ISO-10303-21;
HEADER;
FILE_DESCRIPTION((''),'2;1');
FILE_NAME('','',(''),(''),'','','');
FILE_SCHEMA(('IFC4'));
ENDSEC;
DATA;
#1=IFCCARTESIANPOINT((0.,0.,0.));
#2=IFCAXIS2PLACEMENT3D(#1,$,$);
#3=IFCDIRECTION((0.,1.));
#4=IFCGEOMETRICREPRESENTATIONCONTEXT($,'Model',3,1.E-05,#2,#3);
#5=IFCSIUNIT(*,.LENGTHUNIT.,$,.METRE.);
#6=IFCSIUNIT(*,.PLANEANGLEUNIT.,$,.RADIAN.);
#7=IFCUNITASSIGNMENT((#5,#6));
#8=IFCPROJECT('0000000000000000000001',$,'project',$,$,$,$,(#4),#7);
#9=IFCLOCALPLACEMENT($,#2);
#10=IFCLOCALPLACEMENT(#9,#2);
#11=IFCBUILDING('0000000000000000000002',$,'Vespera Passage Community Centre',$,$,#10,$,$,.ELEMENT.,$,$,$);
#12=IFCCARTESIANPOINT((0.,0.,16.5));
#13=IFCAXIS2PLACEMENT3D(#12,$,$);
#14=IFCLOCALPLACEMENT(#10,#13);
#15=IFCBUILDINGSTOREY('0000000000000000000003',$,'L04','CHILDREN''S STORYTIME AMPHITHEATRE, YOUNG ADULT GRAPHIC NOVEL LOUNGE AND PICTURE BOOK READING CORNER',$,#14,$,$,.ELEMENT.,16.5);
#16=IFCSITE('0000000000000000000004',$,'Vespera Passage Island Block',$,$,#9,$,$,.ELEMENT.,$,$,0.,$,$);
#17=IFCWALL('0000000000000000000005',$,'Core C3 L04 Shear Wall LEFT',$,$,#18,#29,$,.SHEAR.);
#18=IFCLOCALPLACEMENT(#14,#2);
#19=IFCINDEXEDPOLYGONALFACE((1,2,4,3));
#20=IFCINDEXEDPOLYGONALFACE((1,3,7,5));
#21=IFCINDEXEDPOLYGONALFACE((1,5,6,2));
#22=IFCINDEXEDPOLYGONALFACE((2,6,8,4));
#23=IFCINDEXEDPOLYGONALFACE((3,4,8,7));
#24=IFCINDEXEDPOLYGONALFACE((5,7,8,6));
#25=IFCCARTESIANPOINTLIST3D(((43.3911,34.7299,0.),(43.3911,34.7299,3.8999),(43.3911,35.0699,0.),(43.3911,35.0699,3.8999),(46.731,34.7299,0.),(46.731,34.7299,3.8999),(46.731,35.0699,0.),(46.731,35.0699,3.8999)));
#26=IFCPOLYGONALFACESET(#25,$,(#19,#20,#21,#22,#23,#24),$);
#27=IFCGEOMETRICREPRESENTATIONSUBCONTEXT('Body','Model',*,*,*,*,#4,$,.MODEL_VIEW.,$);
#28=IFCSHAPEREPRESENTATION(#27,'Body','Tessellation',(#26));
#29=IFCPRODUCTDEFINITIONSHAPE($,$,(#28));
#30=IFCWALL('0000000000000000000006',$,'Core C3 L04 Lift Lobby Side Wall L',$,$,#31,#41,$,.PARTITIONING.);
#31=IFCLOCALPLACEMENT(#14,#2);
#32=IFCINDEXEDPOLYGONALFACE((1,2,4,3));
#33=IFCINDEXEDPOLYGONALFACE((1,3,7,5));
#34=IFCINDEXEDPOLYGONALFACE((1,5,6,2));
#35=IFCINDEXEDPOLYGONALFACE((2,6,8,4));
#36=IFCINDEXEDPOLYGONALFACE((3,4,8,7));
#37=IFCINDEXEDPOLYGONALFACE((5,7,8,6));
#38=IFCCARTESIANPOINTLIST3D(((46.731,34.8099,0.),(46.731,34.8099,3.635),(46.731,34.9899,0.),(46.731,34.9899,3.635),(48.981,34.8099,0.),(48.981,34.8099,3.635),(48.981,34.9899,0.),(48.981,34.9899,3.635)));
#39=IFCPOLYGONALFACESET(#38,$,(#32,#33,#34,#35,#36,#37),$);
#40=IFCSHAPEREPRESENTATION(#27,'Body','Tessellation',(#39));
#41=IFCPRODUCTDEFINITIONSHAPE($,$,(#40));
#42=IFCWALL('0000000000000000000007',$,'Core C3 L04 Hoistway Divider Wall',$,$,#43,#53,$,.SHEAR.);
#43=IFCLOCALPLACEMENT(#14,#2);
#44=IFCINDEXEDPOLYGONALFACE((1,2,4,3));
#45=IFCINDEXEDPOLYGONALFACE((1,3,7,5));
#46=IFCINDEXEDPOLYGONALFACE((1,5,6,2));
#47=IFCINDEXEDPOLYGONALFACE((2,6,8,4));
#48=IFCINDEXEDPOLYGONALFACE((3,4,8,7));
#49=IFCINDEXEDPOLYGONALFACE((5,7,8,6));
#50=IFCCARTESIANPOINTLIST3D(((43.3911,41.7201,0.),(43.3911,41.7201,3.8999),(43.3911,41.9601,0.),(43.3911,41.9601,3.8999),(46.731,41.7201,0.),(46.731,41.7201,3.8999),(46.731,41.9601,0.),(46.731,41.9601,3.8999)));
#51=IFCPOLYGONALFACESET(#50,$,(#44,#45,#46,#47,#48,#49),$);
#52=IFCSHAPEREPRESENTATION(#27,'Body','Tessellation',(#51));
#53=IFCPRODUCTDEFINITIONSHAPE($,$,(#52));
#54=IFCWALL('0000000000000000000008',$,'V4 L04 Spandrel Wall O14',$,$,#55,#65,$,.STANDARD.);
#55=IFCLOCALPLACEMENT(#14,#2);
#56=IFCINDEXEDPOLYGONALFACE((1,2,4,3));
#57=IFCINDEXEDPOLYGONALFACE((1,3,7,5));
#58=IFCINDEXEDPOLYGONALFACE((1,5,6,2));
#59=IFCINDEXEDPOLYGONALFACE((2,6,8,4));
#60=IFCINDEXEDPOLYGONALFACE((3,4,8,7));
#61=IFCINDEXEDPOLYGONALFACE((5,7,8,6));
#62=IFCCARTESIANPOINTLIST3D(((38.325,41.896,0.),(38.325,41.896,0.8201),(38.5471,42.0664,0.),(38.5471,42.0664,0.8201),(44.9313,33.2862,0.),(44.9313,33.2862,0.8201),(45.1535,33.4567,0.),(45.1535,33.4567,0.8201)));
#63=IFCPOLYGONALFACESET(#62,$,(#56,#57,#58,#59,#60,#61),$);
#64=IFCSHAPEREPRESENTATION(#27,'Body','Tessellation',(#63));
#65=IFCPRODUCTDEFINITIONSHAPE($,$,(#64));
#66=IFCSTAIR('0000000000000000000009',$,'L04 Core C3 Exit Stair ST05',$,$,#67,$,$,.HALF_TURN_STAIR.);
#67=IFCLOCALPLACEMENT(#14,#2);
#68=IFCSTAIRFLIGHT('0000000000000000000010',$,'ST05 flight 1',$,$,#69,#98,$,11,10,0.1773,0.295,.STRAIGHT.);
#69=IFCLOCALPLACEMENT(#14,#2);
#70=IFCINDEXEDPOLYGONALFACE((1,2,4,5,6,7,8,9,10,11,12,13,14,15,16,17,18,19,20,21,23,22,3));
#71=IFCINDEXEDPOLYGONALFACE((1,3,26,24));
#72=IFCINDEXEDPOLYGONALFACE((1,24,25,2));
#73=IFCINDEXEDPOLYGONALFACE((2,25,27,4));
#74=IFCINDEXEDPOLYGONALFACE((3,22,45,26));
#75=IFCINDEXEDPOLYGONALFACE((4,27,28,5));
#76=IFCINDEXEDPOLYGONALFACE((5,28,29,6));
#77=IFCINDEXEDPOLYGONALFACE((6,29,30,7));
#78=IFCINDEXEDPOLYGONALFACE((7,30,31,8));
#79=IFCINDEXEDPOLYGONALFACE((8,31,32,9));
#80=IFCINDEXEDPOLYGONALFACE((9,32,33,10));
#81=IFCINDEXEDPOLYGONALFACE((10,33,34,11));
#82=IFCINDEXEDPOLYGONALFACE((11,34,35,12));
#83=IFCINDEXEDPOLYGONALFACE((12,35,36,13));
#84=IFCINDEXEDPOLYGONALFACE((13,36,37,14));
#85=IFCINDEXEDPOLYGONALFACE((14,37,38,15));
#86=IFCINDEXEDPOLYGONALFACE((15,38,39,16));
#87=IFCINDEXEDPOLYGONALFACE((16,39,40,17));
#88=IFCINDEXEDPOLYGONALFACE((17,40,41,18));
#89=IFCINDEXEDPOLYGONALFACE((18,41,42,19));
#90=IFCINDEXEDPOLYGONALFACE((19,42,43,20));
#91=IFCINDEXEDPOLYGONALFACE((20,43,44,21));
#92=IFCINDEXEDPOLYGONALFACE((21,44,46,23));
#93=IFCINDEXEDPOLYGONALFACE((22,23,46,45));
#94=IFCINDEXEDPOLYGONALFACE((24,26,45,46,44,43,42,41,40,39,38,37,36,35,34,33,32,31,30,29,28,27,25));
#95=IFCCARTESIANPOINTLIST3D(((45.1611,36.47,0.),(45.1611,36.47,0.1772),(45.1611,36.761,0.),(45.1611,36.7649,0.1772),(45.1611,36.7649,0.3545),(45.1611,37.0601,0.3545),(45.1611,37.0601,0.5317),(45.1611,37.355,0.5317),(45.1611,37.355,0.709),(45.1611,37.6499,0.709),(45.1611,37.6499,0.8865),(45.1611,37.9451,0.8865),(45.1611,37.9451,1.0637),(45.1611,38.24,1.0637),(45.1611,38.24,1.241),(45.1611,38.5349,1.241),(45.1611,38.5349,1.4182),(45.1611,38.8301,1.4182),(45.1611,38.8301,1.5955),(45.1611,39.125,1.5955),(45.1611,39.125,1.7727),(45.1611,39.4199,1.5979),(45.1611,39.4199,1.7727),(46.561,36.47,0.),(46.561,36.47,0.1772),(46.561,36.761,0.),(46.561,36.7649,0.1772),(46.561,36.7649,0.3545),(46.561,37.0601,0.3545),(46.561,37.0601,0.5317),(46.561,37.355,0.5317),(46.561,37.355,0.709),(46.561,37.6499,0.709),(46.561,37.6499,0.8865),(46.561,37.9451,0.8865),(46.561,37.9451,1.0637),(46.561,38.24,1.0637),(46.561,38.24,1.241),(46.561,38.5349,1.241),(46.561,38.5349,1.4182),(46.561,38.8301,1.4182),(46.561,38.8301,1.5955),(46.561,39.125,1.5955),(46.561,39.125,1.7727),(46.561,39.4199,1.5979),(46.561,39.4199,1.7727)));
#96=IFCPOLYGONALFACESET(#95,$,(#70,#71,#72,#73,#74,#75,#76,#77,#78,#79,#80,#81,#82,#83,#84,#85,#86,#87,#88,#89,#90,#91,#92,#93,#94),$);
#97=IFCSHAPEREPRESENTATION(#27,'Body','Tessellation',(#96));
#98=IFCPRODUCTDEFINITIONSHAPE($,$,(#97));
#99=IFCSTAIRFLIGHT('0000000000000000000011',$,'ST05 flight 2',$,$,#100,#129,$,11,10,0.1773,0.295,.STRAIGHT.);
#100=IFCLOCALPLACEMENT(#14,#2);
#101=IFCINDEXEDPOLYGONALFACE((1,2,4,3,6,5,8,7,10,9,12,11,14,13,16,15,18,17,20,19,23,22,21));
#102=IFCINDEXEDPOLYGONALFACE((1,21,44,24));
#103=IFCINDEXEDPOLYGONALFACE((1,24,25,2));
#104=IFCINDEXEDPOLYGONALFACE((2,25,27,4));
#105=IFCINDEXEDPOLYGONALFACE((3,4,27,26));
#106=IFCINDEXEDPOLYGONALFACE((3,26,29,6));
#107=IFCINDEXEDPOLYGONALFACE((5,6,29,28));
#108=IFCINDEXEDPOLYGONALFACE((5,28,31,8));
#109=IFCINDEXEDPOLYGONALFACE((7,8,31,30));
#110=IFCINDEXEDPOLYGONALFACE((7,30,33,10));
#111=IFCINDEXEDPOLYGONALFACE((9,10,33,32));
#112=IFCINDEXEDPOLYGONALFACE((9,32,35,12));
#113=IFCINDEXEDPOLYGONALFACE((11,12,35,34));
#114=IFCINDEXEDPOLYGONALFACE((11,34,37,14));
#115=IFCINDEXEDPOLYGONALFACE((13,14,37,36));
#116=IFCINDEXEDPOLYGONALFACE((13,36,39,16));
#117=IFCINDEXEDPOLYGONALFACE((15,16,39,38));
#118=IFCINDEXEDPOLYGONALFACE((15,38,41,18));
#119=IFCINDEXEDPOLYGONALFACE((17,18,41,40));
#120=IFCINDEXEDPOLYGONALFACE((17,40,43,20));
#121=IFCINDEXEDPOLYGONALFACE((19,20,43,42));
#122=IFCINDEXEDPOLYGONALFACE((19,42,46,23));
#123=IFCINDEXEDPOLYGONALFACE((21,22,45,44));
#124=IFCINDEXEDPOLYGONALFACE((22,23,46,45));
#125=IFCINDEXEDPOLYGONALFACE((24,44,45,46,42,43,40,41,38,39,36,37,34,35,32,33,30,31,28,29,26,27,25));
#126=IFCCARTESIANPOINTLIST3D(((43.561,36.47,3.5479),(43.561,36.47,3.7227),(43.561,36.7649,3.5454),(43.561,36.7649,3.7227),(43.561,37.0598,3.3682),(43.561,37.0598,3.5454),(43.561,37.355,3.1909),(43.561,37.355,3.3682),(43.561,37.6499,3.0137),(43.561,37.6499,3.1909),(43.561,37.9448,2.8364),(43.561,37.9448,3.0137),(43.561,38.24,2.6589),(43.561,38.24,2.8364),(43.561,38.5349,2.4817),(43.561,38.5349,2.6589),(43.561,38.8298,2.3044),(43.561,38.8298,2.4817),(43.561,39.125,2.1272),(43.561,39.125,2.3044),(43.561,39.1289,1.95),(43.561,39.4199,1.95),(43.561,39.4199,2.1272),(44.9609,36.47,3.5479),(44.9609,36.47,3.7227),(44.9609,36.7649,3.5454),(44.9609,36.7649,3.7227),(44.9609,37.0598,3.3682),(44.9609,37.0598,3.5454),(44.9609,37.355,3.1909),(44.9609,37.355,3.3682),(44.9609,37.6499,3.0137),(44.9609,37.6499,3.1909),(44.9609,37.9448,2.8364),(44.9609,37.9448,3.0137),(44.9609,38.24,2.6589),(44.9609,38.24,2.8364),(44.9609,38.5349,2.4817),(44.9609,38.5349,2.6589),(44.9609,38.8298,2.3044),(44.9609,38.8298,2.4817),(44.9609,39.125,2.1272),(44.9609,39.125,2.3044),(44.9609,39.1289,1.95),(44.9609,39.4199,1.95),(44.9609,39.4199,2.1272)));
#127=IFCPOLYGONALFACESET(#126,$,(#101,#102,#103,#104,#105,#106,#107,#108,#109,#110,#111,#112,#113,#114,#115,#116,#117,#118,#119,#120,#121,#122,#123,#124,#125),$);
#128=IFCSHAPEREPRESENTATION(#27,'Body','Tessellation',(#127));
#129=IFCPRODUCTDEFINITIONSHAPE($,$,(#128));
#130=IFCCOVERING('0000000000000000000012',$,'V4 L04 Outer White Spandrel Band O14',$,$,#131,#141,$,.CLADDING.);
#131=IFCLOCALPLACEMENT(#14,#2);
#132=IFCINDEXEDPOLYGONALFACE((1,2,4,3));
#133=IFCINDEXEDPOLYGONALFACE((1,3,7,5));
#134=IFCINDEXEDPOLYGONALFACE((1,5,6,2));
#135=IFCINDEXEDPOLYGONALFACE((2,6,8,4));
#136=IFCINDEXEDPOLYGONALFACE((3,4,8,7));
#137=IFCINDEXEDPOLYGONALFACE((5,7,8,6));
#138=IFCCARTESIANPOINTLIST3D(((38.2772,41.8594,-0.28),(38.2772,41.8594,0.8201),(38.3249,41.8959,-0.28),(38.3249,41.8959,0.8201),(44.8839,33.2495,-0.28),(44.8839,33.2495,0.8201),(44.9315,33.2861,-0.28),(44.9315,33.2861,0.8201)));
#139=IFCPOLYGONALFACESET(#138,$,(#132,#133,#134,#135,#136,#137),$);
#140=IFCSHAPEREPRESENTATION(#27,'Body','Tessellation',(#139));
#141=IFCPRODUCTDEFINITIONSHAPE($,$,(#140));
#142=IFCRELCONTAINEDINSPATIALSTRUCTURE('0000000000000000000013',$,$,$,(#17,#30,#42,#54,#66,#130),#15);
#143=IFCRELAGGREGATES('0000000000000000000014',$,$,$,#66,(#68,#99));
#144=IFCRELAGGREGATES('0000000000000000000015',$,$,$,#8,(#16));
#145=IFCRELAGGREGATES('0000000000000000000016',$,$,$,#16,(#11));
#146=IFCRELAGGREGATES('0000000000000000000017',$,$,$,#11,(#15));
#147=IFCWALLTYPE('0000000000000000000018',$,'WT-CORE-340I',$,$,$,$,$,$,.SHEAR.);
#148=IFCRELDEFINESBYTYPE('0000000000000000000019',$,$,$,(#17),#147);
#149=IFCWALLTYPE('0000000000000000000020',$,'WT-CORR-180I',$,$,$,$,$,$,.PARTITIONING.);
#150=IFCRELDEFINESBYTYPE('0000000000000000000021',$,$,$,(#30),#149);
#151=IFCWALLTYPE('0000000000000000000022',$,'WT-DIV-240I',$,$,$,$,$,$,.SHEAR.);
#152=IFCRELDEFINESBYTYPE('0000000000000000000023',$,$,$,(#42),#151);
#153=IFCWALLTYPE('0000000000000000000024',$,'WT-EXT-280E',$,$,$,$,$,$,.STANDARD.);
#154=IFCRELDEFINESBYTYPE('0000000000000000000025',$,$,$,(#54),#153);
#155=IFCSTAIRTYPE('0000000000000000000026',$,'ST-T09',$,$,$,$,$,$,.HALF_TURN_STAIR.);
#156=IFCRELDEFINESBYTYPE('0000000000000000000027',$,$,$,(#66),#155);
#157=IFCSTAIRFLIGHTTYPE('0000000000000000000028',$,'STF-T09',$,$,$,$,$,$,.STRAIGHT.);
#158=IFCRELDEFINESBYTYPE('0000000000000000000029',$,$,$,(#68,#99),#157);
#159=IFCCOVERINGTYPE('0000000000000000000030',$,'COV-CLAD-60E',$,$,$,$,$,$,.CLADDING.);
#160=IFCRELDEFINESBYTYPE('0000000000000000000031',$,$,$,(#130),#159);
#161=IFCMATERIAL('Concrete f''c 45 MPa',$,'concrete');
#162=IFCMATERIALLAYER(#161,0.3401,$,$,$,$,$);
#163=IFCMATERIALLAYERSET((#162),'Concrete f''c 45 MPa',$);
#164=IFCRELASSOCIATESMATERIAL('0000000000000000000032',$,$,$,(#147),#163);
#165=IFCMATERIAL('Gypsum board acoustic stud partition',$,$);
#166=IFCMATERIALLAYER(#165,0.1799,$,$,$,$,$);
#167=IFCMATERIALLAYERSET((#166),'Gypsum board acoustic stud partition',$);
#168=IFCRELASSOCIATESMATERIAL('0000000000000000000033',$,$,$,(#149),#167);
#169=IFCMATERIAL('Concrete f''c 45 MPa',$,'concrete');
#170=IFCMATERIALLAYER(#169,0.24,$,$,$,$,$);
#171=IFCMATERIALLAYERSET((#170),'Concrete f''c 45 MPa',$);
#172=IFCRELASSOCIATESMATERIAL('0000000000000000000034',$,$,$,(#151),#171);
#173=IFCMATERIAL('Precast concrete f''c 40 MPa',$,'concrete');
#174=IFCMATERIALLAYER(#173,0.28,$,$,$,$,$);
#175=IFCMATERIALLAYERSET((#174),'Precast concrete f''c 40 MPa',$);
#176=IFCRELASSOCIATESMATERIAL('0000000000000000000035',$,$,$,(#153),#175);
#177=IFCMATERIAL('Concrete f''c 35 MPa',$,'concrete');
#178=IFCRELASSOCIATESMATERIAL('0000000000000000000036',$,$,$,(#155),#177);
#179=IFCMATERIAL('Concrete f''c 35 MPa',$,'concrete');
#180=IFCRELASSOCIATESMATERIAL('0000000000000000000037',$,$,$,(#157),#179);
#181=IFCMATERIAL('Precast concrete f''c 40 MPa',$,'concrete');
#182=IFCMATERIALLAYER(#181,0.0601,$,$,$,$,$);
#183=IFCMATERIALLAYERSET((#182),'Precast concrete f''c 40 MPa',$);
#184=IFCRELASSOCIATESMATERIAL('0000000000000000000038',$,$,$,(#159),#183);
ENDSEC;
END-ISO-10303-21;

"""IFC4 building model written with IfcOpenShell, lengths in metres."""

from ifc_helpers import new_model, si_unit, direction, frame, frame_2d, origin, place, context, subcontext, project, spatial, polyline, rectangle, outline, extrude, material, layer, layer_set, type_object, element, aggregate, save


model = new_model("IFC4")

# Units and contexts
model_context = context("Model", 3, precision=1e-05, world=origin(), true_north=direction((0.0, 1.0)))
body_context = subcontext(model_context, "Body", "Model", "MODEL_VIEW")
ifc_project = project(units=[si_unit("LENGTHUNIT", "METRE"), si_unit("PLANEANGLEUNIT", "RADIAN")], contexts=[model_context])

# Site, building, storey
site_placement = place(None, origin())
site = spatial("IfcSite", under=ifc_project, at=site_placement, Name="Vespera Passage Island Block", CompositionType="ELEMENT", RefElevation=0.0)
building_placement = place(site_placement, origin())
building = spatial("IfcBuilding", under=site, at=building_placement, Name="Vespera Passage Community Centre", CompositionType="ELEMENT")
storey_placement = place(building_placement, frame((0.0, 0.0, 16.5)))
storey = spatial("IfcBuildingStorey", under=building, at=storey_placement, Name="L04", Description="CHILDREN'S STORYTIME AMPHITHEATRE, YOUNG ADULT GRAPHIC NOVEL LOUNGE AND PICTURE BOOK READING CORNER", CompositionType="ELEMENT", Elevation=16.5)

# Walls
ifc_material_1 = material(Name="Concrete f'c 45 MPa", Category="concrete")
ifc_layer_1 = layer(ifc_material_1, 0.3401)
ifc_layer_set_1 = layer_set([ifc_layer_1], Name="Concrete f'c 45 MPa")
wall_type_1 = type_object("IfcWallType", Name="WT-CORE-340I", PredefinedType="SHEAR", material=ifc_layer_set_1)
wall_1_placement = place(storey_placement, frame((46.731, 34.8999, 0.0), z_axis=(0.0, 0.0, 1.0), x_axis=(-1.0, 0.0, 0.0)))
element("IfcWall", 1, at=wall_1_placement, inside=storey, type_object=wall_type_1, Name="Core C3 L04 Shear Wall LEFT", PredefinedType="SHEAR", context=body_context, shape_type="SweptSolid", body=[
    extrude(rectangle(XDim=3.3398, YDim=0.3401, at=frame_2d((1.6699, 0.0))), origin(), (0.0, 0.0, 1.0), 3.8999),
])
ifc_material_2 = material(Name="Gypsum board acoustic stud partition")
ifc_layer_2 = layer(ifc_material_2, 0.1799)
ifc_layer_set_2 = layer_set([ifc_layer_2], Name="Gypsum board acoustic stud partition")
wall_type_2 = type_object("IfcWallType", Name="WT-CORR-180I", PredefinedType="PARTITIONING", material=ifc_layer_set_2)
wall_2_placement = place(storey_placement, frame((46.731, 34.8999, 0.0), z_axis=(0.0, 0.0, 1.0), x_axis=(1.0, 0.0, 0.0)))
element("IfcWall", 2, at=wall_2_placement, inside=storey, type_object=wall_type_2, Name="Core C3 L04 Lift Lobby Side Wall L", PredefinedType="PARTITIONING", context=body_context, shape_type="SweptSolid", body=[
    extrude(rectangle(XDim=2.25, YDim=0.1799, at=frame_2d((1.125, 0.0))), origin(), (0.0, 0.0, 1.0), 3.635),
])
ifc_material_3 = material(Name="Concrete f'c 45 MPa", Category="concrete")
ifc_layer_3 = layer(ifc_material_3, 0.24)
ifc_layer_set_3 = layer_set([ifc_layer_3], Name="Concrete f'c 45 MPa")
wall_type_3 = type_object("IfcWallType", Name="WT-DIV-240I", PredefinedType="SHEAR", material=ifc_layer_set_3)
wall_3_placement = place(storey_placement, frame((46.731, 41.8401, 0.0), z_axis=(0.0, 0.0, 1.0), x_axis=(-1.0, 0.0, 0.0)))
element("IfcWall", 3, at=wall_3_placement, inside=storey, type_object=wall_type_3, Name="Core C3 L04 Hoistway Divider Wall", PredefinedType="SHEAR", context=body_context, shape_type="SweptSolid", body=[
    extrude(rectangle(XDim=3.3398, YDim=0.24, at=frame_2d((1.6699, 0.0))), origin(), (0.0, 0.0, 1.0), 3.8999),
])
ifc_material_4 = material(Name="Precast concrete f'c 40 MPa", Category="concrete")
ifc_layer_4 = layer(ifc_material_4, 0.28)
ifc_layer_set_4 = layer_set([ifc_layer_4], Name="Precast concrete f'c 40 MPa")
wall_type_4 = type_object("IfcWallType", Name="WT-EXT-280E", PredefinedType="STANDARD", material=ifc_layer_set_4)
wall_4_placement = place(storey_placement, frame((45.0425, 33.3713, 0.0), z_axis=(0.0, 0.0, 1.0), x_axis=(-0.608754, 0.793359, 0.0)))
element("IfcWall", 4, at=wall_4_placement, inside=storey, type_object=wall_type_4, Name="V4 L04 Spandrel Wall O14", PredefinedType="STANDARD", context=body_context, shape_type="SweptSolid", body=[
    extrude(rectangle(XDim=10.8523, YDim=0.28, at=frame_2d((5.4263, 0.0))), origin(), (0.0, 0.0, 1.0), 0.8201),
])

# Stair, stair flights
ifc_material_5 = material(Name="Concrete f'c 35 MPa", Category="concrete")
stair_type = type_object("IfcStairType", Name="ST-T09", PredefinedType="HALF_TURN_STAIR", material=ifc_material_5)
stair_placement = place(storey_placement, origin())
stair = element("IfcStair", 5, at=stair_placement, inside=storey, type_object=stair_type, Name="L04 Core C3 Exit Stair ST05", PredefinedType="HALF_TURN_STAIR")
ifc_material_6 = material(Name="Concrete f'c 35 MPa", Category="concrete")
stair_flight_type = type_object("IfcStairFlightType", Name="STF-T09", PredefinedType="STRAIGHT", material=ifc_material_6)
stair_flight_1_placement = place(storey_placement, frame((45.8611, 36.47, 0.0), z_axis=(0.0, 0.0, 1.0), x_axis=(0.0, 1.0, 0.0)))
stair_flight_1 = element("IfcStairFlight", 6, at=stair_flight_1_placement, type_object=stair_flight_type, Name="ST05 flight 1", NumberOfRisers=11, NumberOfTreads=10, PredefinedType="STRAIGHT", RiserHeight=0.1773, TreadLength=0.295, context=body_context, shape_type="SweptSolid", body=[
    extrude(outline(polyline([(0.0, 0.0), (0.0, 0.1772), (0.2949, 0.1772), (0.2949, 0.3545), (0.5901, 0.3545), (0.5901, 0.5317), (0.885, 0.5317), (0.885, 0.709), (1.1799, 0.709), (1.1799, 0.8865), (1.4751, 0.8865), (1.4751, 1.0637), (1.77, 1.0637), (1.77, 1.241), (2.0649, 1.241), (2.0649, 1.4182), (2.3601, 1.4182), (2.3601, 1.5955), (2.655, 1.5955), (2.655, 1.7727), (2.95, 1.7727), (2.95, 1.95), (2.95, 1.5979), (0.291, 0.0), (0.0, 0.0)])), frame((0.0, 0.7, 0.0), z_axis=(0.0, -1.0, 0.0), x_axis=(1.0, 0.0, 0.0)), (0.0, 0.0, 1.0), 1.3999),
])
stair_flight_2_placement = place(storey_placement, frame((44.261, 39.4199, 1.95), z_axis=(0.0, 0.0, 1.0), x_axis=(0.0, -1.0, 0.0)))
stair_flight_2 = element("IfcStairFlight", 7, at=stair_flight_2_placement, type_object=stair_flight_type, Name="ST05 flight 2", NumberOfRisers=11, NumberOfTreads=10, PredefinedType="STRAIGHT", RiserHeight=0.1773, TreadLength=0.295, context=body_context, shape_type="SweptSolid", body=[
    extrude(outline(polyline([(0.0, 0.0), (0.0, 0.1772), (0.2949, 0.1772), (0.2949, 0.3545), (0.5901, 0.3545), (0.5901, 0.5317), (0.885, 0.5317), (0.885, 0.709), (1.1799, 0.709), (1.1799, 0.8865), (1.4751, 0.8865), (1.4751, 1.0637), (1.77, 1.0637), (1.77, 1.241), (2.0649, 1.241), (2.0649, 1.4182), (2.3601, 1.4182), (2.3601, 1.5955), (2.655, 1.5955), (2.655, 1.7727), (2.95, 1.7727), (2.95, 1.95), (2.95, 1.5979), (0.291, 0.0), (0.0, 0.0)])), frame((0.0, 0.7, 0.0), z_axis=(0.0, -1.0, 0.0), x_axis=(1.0, 0.0, 0.0)), (0.0, 0.0, 1.0), 1.3999),
])
aggregate(stair, [stair_flight_1, stair_flight_2])

# Covering
ifc_material_7 = material(Name="Precast concrete f'c 40 MPa", Category="concrete")
ifc_layer_5 = layer(ifc_material_7, 0.0601)
ifc_layer_set_5 = layer_set([ifc_layer_5], Name="Precast concrete f'c 40 MPa")
covering_type = type_object("IfcCoveringType", Name="COV-CLAD-60E", PredefinedType="CLADDING", material=ifc_layer_set_5)
covering_placement = place(storey_placement, frame((44.9077, 33.2678, -0.28), z_axis=(0.0, 0.0, 1.0), x_axis=(-0.608768, 0.793348, 0.0)))
element("IfcCovering", 8, at=covering_placement, inside=storey, type_object=covering_type, Name="V4 L04 Outer White Spandrel Band O14", PredefinedType="CLADDING", context=body_context, shape_type="SweptSolid", body=[
    extrude(rectangle(XDim=10.8525, YDim=0.0601, at=frame_2d((5.4263, 0.0))), origin(), (0.0, 0.0, 1.0), 1.1001),
])

save(model, "model.ifc")
